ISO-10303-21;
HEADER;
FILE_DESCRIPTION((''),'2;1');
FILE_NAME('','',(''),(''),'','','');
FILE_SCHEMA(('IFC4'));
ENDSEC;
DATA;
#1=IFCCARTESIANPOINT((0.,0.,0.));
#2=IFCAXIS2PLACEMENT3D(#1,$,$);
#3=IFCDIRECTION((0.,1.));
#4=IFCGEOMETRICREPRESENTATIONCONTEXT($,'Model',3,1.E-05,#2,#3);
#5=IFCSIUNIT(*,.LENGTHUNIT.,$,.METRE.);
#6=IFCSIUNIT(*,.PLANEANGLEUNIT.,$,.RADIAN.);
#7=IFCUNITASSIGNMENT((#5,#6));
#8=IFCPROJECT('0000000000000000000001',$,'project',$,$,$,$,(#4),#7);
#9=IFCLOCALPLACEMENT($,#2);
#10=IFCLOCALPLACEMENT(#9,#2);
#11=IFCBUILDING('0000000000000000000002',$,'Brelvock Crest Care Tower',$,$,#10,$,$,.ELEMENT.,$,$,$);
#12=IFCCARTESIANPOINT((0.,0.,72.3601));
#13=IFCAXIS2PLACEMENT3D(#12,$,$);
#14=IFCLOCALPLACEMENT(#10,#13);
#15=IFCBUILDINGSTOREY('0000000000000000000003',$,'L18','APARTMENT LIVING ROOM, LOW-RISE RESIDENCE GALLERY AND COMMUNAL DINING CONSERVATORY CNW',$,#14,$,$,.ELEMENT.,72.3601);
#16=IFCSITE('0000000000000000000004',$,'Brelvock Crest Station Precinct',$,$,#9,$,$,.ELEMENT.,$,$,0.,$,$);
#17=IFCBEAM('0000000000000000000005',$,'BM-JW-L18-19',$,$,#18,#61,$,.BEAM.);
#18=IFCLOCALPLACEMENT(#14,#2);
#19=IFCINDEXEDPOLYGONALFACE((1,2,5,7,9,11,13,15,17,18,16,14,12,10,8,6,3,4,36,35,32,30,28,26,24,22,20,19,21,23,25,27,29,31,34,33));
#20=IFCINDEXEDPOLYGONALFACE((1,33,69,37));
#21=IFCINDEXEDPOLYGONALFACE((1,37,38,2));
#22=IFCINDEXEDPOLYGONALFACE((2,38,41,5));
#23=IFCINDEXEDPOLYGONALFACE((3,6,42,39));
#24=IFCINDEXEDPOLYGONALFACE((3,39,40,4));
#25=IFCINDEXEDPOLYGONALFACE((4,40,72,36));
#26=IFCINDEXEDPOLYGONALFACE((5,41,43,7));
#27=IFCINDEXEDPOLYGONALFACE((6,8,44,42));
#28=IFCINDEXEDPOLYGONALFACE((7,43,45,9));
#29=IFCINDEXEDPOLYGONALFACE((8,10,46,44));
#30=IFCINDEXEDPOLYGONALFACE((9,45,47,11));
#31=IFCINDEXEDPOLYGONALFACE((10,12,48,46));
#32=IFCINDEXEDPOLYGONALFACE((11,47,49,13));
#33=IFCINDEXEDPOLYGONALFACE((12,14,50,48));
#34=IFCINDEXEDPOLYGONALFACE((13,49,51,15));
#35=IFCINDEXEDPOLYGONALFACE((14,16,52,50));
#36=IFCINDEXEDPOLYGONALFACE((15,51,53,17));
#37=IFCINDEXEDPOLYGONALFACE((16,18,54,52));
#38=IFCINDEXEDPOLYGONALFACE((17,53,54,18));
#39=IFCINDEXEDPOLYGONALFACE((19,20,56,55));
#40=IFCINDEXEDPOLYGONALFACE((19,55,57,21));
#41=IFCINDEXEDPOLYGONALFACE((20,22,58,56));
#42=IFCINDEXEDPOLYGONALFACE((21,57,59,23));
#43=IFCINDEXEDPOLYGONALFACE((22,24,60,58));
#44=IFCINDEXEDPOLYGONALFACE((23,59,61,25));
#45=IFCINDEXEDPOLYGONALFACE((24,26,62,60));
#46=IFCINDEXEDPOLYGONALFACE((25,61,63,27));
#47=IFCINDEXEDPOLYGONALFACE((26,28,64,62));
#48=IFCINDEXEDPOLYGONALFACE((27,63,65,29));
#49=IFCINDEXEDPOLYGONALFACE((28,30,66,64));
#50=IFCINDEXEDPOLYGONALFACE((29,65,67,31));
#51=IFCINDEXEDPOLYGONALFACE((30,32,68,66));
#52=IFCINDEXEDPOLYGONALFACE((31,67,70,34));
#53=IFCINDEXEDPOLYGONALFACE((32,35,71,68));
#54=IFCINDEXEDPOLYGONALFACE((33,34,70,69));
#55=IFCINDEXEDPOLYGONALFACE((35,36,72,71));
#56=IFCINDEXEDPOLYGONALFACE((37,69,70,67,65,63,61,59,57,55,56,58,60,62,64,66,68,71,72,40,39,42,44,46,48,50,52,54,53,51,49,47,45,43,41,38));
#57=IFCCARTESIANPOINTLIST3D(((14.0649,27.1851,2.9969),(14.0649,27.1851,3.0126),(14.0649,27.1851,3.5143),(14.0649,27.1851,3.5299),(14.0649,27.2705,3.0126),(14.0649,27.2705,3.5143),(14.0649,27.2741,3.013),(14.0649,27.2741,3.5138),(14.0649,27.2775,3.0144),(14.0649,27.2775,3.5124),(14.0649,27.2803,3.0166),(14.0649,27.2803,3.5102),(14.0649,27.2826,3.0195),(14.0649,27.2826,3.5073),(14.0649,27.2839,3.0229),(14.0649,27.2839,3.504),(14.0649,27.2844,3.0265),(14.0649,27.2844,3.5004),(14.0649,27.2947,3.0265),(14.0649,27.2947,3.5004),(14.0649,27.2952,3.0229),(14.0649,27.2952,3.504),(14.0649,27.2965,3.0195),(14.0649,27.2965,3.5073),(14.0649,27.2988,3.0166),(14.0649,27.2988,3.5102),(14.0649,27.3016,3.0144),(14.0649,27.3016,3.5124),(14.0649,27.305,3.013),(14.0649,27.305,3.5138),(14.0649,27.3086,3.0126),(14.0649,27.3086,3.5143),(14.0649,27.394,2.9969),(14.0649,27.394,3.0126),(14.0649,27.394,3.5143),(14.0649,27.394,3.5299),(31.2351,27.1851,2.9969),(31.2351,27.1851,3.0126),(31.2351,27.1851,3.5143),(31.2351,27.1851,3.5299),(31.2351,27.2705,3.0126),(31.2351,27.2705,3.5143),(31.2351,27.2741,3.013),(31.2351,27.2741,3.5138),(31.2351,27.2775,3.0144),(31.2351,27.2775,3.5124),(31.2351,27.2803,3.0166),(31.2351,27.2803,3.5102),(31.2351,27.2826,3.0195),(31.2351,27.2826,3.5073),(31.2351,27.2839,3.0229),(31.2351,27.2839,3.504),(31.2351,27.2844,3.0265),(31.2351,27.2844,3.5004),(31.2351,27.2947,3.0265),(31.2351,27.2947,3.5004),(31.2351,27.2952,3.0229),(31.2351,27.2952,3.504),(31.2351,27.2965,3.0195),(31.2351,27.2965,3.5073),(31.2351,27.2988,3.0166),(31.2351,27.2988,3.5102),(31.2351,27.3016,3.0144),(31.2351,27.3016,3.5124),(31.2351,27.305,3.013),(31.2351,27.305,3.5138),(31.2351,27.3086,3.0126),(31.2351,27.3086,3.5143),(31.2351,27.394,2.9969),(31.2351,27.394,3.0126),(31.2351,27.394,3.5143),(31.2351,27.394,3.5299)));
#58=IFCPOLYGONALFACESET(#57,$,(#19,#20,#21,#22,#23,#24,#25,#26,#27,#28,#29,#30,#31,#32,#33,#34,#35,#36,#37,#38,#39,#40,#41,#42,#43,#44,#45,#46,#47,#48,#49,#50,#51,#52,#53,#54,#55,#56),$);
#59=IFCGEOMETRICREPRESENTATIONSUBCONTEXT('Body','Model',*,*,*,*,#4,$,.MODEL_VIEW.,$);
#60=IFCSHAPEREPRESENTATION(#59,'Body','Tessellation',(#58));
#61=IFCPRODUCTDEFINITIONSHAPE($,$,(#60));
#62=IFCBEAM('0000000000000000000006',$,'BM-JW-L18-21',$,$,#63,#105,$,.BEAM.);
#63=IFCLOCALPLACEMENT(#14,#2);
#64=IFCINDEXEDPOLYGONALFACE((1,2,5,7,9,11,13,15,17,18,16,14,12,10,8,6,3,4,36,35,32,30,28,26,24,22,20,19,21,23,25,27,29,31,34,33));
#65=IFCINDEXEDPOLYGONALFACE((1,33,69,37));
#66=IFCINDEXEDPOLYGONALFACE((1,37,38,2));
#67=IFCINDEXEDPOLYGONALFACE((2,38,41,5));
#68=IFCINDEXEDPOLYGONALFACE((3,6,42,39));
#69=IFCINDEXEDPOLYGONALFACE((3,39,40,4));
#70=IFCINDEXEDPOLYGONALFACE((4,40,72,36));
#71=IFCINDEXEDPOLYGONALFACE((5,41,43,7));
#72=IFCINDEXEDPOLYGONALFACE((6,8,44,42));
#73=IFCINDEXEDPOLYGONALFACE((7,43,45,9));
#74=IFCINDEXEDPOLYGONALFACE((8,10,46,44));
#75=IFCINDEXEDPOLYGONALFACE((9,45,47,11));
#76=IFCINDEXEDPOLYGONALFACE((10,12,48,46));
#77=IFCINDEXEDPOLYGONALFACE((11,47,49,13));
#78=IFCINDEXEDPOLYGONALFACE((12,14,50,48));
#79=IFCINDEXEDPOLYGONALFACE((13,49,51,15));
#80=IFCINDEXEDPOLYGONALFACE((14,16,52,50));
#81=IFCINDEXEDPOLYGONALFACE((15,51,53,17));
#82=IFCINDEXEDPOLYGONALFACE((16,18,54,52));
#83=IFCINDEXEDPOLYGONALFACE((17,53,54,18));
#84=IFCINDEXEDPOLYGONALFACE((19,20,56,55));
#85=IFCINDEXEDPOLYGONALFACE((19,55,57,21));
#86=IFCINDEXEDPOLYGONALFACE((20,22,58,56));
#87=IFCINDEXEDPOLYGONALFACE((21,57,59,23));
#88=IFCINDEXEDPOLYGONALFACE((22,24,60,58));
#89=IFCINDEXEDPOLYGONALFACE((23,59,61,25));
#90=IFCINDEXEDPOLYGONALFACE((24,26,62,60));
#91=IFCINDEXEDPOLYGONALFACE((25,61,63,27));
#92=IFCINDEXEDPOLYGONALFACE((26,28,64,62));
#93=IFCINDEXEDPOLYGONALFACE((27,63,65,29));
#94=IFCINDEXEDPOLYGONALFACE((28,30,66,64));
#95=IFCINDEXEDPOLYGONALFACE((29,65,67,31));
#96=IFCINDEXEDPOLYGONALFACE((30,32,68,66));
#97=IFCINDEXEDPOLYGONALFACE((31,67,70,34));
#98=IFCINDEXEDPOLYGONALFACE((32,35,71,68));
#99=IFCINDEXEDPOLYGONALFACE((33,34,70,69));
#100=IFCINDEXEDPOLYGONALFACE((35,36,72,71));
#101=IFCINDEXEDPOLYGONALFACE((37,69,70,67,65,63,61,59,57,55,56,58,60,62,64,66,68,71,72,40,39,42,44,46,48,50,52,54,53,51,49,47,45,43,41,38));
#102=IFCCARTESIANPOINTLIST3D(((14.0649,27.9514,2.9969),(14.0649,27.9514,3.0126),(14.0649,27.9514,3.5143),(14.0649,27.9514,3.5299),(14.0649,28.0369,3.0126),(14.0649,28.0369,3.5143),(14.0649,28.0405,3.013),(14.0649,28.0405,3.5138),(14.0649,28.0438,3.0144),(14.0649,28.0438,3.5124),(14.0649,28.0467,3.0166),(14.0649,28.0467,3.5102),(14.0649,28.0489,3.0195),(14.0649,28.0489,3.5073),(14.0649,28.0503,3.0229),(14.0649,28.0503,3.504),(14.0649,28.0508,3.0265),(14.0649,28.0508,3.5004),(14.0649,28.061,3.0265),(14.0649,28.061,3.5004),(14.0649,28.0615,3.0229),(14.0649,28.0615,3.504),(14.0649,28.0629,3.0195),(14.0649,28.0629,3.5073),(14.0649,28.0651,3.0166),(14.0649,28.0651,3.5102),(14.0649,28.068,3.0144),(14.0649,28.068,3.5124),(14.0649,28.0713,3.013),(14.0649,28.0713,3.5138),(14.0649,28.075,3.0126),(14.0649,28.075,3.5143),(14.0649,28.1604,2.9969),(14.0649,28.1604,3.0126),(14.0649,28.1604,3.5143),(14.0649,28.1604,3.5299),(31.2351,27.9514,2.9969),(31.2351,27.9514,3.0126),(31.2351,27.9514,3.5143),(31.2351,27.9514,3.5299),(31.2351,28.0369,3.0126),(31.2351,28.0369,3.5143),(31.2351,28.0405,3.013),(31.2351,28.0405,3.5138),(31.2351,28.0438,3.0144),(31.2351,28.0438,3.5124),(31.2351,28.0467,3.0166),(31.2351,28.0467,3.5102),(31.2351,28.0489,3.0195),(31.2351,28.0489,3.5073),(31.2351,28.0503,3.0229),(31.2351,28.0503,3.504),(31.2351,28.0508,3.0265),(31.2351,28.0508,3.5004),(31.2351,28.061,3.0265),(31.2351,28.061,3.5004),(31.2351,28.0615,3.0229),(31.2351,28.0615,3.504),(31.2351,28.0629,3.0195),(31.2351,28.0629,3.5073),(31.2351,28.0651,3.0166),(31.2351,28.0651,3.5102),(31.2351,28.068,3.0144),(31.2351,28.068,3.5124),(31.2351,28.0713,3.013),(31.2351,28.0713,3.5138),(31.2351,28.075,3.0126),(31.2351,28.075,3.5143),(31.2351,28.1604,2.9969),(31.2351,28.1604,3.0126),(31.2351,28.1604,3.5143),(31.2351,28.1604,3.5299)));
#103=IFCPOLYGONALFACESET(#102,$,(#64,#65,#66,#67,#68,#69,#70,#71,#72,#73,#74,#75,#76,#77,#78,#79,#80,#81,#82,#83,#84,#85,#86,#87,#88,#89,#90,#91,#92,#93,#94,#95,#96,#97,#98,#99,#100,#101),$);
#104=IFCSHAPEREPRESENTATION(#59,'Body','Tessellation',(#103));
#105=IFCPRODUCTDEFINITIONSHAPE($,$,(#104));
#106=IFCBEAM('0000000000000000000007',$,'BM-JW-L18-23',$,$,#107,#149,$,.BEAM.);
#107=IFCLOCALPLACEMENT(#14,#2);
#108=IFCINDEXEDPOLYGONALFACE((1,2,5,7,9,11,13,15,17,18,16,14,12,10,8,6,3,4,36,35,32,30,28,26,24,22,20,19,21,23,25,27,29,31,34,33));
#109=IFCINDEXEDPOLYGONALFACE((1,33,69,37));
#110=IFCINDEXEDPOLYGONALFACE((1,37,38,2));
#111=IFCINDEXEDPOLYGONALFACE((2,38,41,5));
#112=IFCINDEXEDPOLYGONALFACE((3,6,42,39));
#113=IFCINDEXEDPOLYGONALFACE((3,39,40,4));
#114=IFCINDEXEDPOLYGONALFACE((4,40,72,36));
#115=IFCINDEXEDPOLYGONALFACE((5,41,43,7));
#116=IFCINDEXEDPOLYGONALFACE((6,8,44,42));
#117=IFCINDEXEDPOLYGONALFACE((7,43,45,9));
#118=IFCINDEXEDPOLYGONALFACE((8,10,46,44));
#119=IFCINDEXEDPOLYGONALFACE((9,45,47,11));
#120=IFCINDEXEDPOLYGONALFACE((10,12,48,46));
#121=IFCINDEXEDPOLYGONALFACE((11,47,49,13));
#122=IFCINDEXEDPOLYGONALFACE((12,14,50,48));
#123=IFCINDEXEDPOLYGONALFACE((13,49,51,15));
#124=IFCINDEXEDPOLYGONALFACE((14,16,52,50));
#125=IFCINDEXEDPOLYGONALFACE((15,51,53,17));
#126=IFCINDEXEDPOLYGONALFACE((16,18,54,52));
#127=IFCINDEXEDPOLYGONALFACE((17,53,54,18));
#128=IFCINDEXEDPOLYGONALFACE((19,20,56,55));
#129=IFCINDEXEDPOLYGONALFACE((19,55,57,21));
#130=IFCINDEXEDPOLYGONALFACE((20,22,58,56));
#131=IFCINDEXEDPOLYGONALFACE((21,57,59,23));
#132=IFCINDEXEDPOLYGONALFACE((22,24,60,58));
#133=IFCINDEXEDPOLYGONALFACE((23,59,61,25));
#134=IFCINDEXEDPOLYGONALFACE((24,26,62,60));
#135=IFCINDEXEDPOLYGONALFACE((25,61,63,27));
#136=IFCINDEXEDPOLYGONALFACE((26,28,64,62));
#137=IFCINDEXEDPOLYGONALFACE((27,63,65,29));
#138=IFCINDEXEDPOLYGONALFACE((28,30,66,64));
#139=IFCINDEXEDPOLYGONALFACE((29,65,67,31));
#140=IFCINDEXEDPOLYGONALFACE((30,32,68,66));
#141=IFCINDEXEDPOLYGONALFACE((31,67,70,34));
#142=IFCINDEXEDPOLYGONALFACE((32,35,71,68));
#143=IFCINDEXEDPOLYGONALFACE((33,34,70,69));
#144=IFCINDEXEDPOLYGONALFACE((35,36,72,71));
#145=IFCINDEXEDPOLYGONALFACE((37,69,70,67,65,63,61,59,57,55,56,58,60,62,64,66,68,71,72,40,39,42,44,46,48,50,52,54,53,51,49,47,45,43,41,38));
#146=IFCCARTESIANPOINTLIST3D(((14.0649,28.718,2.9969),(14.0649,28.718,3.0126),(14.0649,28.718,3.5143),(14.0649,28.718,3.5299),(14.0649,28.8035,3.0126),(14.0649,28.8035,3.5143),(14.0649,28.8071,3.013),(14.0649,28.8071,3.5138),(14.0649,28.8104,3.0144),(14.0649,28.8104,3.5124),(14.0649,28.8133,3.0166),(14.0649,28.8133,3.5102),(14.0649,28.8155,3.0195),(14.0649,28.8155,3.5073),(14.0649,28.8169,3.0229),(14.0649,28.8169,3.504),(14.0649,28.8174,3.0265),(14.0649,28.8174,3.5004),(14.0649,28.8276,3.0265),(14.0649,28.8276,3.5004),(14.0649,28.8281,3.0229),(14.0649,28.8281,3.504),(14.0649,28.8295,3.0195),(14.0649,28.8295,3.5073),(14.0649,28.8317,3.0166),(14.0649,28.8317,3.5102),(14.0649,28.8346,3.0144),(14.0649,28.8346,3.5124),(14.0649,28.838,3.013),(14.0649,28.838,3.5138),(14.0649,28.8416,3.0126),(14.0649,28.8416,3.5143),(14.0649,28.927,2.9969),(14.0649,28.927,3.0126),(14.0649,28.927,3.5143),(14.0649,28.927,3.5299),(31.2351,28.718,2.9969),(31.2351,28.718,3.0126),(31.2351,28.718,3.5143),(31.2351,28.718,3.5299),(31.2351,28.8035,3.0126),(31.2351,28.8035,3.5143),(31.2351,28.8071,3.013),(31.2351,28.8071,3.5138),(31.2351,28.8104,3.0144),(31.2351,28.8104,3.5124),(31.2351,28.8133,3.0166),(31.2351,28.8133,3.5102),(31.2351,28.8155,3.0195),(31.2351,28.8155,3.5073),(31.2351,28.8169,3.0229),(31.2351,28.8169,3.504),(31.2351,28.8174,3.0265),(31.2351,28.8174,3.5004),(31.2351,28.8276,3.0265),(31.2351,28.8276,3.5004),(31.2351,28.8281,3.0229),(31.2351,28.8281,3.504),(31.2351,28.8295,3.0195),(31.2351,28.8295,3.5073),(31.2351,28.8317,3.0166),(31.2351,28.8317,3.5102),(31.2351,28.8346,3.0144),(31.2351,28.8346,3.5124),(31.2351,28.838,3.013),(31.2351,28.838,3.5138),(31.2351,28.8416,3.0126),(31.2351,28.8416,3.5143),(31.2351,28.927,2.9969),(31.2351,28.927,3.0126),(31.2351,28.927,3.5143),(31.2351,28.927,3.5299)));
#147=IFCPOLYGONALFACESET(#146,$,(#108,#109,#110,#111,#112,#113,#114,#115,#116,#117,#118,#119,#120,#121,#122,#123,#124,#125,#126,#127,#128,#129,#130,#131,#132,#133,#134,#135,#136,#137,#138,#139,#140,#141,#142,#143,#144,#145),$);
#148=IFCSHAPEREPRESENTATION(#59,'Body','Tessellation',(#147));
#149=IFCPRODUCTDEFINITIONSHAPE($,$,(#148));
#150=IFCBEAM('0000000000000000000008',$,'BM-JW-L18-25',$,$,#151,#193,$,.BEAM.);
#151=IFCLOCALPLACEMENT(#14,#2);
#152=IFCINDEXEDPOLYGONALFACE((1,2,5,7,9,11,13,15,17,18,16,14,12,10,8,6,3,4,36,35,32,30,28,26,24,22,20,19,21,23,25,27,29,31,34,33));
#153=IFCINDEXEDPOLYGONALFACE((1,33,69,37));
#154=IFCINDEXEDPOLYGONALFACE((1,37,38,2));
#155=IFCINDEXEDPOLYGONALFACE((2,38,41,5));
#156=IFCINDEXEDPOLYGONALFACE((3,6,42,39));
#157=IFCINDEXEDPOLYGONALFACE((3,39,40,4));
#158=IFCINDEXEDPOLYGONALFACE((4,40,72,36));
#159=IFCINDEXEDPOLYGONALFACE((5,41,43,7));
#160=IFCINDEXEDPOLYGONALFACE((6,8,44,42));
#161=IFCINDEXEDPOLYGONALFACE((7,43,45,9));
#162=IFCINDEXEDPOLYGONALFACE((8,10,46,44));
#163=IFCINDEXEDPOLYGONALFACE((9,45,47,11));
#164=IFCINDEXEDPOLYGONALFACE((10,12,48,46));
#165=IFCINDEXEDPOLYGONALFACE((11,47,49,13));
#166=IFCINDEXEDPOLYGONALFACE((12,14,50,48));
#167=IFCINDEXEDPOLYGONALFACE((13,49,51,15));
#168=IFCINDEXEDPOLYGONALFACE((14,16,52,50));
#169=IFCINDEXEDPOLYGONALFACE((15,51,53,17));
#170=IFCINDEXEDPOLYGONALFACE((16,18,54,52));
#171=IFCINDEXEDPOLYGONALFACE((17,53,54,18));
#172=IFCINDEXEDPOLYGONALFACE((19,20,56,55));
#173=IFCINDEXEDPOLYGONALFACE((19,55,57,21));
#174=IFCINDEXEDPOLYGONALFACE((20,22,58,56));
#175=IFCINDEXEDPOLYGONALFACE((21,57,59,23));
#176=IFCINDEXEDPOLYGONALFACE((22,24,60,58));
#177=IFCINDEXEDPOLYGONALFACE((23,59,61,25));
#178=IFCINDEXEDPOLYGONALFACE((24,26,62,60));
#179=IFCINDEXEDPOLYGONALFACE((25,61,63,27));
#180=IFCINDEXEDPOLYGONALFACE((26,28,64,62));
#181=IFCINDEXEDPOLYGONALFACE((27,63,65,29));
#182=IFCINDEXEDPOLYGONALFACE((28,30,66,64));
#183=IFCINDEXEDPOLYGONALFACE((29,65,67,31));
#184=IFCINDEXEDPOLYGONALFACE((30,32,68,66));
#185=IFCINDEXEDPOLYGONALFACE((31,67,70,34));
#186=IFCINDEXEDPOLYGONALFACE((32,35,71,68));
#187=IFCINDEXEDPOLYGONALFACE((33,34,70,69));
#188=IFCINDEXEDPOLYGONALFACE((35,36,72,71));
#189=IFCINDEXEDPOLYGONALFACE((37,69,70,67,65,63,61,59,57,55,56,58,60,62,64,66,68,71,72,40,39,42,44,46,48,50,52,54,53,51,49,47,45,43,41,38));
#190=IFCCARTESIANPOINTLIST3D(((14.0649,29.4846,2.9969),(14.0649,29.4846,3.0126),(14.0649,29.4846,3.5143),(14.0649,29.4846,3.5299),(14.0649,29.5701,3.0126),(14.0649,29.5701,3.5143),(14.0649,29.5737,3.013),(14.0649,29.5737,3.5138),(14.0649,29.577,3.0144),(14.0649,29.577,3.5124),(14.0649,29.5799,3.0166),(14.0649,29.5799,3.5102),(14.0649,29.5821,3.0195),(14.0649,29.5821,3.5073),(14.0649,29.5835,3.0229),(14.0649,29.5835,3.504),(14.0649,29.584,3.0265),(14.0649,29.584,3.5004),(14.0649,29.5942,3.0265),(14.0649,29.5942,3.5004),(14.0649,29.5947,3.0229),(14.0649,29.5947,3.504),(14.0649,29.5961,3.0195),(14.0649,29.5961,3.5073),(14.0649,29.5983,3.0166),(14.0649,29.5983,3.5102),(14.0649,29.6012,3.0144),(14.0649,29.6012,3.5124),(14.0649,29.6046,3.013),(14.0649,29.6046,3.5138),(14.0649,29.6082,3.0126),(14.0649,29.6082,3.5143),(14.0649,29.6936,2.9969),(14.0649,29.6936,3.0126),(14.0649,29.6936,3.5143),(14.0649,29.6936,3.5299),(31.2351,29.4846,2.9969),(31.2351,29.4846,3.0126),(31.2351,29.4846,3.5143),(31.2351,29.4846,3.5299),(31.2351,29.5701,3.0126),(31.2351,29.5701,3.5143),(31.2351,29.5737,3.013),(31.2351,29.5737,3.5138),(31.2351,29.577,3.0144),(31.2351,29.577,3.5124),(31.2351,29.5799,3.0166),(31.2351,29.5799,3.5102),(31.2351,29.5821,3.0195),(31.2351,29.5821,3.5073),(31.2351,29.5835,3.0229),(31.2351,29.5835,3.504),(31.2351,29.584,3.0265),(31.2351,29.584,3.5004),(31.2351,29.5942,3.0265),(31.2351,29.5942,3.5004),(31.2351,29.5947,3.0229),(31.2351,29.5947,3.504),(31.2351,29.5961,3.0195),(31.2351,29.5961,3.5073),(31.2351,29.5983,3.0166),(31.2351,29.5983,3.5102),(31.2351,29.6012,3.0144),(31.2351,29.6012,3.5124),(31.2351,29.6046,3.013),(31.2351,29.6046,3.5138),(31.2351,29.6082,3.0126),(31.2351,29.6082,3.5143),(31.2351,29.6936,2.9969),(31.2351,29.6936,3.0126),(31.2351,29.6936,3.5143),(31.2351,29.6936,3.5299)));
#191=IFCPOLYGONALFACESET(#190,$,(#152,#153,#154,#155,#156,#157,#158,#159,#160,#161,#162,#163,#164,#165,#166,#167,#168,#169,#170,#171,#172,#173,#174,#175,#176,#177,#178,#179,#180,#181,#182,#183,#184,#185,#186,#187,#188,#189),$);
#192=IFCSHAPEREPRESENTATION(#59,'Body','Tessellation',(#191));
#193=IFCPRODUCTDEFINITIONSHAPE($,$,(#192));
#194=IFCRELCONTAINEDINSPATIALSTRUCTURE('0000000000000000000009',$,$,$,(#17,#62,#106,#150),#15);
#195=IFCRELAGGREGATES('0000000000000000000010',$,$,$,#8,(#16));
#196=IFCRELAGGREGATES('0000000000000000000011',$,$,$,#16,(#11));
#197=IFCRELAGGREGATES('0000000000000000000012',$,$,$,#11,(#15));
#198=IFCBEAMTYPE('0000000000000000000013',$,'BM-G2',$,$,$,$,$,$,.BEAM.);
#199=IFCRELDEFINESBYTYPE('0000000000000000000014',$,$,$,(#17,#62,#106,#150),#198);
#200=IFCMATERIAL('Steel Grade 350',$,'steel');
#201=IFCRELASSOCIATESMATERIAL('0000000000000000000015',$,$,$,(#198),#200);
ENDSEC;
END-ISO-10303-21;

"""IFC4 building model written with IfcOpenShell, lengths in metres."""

from ifc_helpers import new_model, si_unit, direction, frame, origin, origin_2d, place, context, subcontext, project, spatial, i_section, extrude, source, transform, mapped, material, material_profile, profile_set, type_object, element, save


model = new_model("IFC4")

# Units and contexts
model_context = context("Model", 3, precision=1e-05, world=origin(), true_north=direction((0.0, 1.0)))
body_context = subcontext(model_context, "Body", "Model", "MODEL_VIEW")
ifc_project = project(units=[si_unit("LENGTHUNIT", "METRE"), si_unit("PLANEANGLEUNIT", "RADIAN")], contexts=[model_context])

# Site, building, storey
site_placement = place(None, origin())
site = spatial("IfcSite", under=ifc_project, at=site_placement, Name="Brelvock Crest Station Precinct", CompositionType="ELEMENT", RefElevation=0.0)
building_placement = place(site_placement, origin())
building = spatial("IfcBuilding", under=site, at=building_placement, Name="Brelvock Crest Care Tower", CompositionType="ELEMENT")
storey_placement = place(building_placement, frame((0.0, 0.0, 72.3601)))
storey = spatial("IfcBuildingStorey", under=building, at=storey_placement, Name="L18", Description="APARTMENT LIVING ROOM, LOW-RISE RESIDENCE GALLERY AND COMMUNAL DINING CONSERVATORY CNW", CompositionType="ELEMENT", Elevation=72.3601)

# Beams
ifc_material_1 = material(Name="Steel Grade 350", Category="steel")
ifc_material_profile_1 = material_profile(ifc_material_1, i_section(OverallWidth=0.209, OverallDepth=0.533, WebThickness=0.0103, FlangeThickness=0.0156, FilletRadius=0.0139, at=origin_2d()), Name="530UB92.4")
ifc_profile_set_1 = profile_set([ifc_material_profile_1], Name="Steel Grade 350")
beam_type_1 = type_object("IfcBeamType", Name="BM-G2", PredefinedType="BEAM", material=ifc_profile_set_1)
shared_shape_1 = source(origin(), body_context, "Body", "SweptSolid", [
    extrude(i_section(OverallWidth=0.209, OverallDepth=0.533, WebThickness=0.0103, FlangeThickness=0.0156, FilletRadius=0.0139, at=origin_2d()), origin(), (0.0, 0.0, 1.0), 17.1702),
])
for number, where, z_axis, x_axis, name in (
    (1, (14.0649, 27.2896, 3.2634), (1.0, 0.0, 0.0), (0.0, 1.0, 0.0), "BM-JW-L18-19"),
    (2, (14.0649, 28.0559, 3.2634), (1.0, 0.0, 0.0), (0.0, 1.0, 0.0), "BM-JW-L18-21"),
    (3, (14.0649, 28.8225, 3.2634), (1.0, 0.0, 0.0), (0.0, 1.0, 0.0), "BM-JW-L18-23"),
    (4, (14.0649, 29.5891, 3.2634), (1.0, 0.0, 0.0), (0.0, 1.0, 0.0), "BM-JW-L18-25"),
):
    element("IfcBeam", number, at=place(storey_placement, frame(where, z_axis=z_axis, x_axis=x_axis)), inside=storey, type_object=beam_type_1, Name=name, PredefinedType="BEAM", context=body_context, shape_type="MappedRepresentation", body=[
        mapped(shared_shape_1, transform((0.0, 0.0, 0.0), x_axis=(1.0, 0.0, 0.0), y_axis=(0.0, 1.0, 0.0), z_axis=(0.0, 0.0, 1.0), scale=1.0)),
    ])

save(model, "model.ifc")
